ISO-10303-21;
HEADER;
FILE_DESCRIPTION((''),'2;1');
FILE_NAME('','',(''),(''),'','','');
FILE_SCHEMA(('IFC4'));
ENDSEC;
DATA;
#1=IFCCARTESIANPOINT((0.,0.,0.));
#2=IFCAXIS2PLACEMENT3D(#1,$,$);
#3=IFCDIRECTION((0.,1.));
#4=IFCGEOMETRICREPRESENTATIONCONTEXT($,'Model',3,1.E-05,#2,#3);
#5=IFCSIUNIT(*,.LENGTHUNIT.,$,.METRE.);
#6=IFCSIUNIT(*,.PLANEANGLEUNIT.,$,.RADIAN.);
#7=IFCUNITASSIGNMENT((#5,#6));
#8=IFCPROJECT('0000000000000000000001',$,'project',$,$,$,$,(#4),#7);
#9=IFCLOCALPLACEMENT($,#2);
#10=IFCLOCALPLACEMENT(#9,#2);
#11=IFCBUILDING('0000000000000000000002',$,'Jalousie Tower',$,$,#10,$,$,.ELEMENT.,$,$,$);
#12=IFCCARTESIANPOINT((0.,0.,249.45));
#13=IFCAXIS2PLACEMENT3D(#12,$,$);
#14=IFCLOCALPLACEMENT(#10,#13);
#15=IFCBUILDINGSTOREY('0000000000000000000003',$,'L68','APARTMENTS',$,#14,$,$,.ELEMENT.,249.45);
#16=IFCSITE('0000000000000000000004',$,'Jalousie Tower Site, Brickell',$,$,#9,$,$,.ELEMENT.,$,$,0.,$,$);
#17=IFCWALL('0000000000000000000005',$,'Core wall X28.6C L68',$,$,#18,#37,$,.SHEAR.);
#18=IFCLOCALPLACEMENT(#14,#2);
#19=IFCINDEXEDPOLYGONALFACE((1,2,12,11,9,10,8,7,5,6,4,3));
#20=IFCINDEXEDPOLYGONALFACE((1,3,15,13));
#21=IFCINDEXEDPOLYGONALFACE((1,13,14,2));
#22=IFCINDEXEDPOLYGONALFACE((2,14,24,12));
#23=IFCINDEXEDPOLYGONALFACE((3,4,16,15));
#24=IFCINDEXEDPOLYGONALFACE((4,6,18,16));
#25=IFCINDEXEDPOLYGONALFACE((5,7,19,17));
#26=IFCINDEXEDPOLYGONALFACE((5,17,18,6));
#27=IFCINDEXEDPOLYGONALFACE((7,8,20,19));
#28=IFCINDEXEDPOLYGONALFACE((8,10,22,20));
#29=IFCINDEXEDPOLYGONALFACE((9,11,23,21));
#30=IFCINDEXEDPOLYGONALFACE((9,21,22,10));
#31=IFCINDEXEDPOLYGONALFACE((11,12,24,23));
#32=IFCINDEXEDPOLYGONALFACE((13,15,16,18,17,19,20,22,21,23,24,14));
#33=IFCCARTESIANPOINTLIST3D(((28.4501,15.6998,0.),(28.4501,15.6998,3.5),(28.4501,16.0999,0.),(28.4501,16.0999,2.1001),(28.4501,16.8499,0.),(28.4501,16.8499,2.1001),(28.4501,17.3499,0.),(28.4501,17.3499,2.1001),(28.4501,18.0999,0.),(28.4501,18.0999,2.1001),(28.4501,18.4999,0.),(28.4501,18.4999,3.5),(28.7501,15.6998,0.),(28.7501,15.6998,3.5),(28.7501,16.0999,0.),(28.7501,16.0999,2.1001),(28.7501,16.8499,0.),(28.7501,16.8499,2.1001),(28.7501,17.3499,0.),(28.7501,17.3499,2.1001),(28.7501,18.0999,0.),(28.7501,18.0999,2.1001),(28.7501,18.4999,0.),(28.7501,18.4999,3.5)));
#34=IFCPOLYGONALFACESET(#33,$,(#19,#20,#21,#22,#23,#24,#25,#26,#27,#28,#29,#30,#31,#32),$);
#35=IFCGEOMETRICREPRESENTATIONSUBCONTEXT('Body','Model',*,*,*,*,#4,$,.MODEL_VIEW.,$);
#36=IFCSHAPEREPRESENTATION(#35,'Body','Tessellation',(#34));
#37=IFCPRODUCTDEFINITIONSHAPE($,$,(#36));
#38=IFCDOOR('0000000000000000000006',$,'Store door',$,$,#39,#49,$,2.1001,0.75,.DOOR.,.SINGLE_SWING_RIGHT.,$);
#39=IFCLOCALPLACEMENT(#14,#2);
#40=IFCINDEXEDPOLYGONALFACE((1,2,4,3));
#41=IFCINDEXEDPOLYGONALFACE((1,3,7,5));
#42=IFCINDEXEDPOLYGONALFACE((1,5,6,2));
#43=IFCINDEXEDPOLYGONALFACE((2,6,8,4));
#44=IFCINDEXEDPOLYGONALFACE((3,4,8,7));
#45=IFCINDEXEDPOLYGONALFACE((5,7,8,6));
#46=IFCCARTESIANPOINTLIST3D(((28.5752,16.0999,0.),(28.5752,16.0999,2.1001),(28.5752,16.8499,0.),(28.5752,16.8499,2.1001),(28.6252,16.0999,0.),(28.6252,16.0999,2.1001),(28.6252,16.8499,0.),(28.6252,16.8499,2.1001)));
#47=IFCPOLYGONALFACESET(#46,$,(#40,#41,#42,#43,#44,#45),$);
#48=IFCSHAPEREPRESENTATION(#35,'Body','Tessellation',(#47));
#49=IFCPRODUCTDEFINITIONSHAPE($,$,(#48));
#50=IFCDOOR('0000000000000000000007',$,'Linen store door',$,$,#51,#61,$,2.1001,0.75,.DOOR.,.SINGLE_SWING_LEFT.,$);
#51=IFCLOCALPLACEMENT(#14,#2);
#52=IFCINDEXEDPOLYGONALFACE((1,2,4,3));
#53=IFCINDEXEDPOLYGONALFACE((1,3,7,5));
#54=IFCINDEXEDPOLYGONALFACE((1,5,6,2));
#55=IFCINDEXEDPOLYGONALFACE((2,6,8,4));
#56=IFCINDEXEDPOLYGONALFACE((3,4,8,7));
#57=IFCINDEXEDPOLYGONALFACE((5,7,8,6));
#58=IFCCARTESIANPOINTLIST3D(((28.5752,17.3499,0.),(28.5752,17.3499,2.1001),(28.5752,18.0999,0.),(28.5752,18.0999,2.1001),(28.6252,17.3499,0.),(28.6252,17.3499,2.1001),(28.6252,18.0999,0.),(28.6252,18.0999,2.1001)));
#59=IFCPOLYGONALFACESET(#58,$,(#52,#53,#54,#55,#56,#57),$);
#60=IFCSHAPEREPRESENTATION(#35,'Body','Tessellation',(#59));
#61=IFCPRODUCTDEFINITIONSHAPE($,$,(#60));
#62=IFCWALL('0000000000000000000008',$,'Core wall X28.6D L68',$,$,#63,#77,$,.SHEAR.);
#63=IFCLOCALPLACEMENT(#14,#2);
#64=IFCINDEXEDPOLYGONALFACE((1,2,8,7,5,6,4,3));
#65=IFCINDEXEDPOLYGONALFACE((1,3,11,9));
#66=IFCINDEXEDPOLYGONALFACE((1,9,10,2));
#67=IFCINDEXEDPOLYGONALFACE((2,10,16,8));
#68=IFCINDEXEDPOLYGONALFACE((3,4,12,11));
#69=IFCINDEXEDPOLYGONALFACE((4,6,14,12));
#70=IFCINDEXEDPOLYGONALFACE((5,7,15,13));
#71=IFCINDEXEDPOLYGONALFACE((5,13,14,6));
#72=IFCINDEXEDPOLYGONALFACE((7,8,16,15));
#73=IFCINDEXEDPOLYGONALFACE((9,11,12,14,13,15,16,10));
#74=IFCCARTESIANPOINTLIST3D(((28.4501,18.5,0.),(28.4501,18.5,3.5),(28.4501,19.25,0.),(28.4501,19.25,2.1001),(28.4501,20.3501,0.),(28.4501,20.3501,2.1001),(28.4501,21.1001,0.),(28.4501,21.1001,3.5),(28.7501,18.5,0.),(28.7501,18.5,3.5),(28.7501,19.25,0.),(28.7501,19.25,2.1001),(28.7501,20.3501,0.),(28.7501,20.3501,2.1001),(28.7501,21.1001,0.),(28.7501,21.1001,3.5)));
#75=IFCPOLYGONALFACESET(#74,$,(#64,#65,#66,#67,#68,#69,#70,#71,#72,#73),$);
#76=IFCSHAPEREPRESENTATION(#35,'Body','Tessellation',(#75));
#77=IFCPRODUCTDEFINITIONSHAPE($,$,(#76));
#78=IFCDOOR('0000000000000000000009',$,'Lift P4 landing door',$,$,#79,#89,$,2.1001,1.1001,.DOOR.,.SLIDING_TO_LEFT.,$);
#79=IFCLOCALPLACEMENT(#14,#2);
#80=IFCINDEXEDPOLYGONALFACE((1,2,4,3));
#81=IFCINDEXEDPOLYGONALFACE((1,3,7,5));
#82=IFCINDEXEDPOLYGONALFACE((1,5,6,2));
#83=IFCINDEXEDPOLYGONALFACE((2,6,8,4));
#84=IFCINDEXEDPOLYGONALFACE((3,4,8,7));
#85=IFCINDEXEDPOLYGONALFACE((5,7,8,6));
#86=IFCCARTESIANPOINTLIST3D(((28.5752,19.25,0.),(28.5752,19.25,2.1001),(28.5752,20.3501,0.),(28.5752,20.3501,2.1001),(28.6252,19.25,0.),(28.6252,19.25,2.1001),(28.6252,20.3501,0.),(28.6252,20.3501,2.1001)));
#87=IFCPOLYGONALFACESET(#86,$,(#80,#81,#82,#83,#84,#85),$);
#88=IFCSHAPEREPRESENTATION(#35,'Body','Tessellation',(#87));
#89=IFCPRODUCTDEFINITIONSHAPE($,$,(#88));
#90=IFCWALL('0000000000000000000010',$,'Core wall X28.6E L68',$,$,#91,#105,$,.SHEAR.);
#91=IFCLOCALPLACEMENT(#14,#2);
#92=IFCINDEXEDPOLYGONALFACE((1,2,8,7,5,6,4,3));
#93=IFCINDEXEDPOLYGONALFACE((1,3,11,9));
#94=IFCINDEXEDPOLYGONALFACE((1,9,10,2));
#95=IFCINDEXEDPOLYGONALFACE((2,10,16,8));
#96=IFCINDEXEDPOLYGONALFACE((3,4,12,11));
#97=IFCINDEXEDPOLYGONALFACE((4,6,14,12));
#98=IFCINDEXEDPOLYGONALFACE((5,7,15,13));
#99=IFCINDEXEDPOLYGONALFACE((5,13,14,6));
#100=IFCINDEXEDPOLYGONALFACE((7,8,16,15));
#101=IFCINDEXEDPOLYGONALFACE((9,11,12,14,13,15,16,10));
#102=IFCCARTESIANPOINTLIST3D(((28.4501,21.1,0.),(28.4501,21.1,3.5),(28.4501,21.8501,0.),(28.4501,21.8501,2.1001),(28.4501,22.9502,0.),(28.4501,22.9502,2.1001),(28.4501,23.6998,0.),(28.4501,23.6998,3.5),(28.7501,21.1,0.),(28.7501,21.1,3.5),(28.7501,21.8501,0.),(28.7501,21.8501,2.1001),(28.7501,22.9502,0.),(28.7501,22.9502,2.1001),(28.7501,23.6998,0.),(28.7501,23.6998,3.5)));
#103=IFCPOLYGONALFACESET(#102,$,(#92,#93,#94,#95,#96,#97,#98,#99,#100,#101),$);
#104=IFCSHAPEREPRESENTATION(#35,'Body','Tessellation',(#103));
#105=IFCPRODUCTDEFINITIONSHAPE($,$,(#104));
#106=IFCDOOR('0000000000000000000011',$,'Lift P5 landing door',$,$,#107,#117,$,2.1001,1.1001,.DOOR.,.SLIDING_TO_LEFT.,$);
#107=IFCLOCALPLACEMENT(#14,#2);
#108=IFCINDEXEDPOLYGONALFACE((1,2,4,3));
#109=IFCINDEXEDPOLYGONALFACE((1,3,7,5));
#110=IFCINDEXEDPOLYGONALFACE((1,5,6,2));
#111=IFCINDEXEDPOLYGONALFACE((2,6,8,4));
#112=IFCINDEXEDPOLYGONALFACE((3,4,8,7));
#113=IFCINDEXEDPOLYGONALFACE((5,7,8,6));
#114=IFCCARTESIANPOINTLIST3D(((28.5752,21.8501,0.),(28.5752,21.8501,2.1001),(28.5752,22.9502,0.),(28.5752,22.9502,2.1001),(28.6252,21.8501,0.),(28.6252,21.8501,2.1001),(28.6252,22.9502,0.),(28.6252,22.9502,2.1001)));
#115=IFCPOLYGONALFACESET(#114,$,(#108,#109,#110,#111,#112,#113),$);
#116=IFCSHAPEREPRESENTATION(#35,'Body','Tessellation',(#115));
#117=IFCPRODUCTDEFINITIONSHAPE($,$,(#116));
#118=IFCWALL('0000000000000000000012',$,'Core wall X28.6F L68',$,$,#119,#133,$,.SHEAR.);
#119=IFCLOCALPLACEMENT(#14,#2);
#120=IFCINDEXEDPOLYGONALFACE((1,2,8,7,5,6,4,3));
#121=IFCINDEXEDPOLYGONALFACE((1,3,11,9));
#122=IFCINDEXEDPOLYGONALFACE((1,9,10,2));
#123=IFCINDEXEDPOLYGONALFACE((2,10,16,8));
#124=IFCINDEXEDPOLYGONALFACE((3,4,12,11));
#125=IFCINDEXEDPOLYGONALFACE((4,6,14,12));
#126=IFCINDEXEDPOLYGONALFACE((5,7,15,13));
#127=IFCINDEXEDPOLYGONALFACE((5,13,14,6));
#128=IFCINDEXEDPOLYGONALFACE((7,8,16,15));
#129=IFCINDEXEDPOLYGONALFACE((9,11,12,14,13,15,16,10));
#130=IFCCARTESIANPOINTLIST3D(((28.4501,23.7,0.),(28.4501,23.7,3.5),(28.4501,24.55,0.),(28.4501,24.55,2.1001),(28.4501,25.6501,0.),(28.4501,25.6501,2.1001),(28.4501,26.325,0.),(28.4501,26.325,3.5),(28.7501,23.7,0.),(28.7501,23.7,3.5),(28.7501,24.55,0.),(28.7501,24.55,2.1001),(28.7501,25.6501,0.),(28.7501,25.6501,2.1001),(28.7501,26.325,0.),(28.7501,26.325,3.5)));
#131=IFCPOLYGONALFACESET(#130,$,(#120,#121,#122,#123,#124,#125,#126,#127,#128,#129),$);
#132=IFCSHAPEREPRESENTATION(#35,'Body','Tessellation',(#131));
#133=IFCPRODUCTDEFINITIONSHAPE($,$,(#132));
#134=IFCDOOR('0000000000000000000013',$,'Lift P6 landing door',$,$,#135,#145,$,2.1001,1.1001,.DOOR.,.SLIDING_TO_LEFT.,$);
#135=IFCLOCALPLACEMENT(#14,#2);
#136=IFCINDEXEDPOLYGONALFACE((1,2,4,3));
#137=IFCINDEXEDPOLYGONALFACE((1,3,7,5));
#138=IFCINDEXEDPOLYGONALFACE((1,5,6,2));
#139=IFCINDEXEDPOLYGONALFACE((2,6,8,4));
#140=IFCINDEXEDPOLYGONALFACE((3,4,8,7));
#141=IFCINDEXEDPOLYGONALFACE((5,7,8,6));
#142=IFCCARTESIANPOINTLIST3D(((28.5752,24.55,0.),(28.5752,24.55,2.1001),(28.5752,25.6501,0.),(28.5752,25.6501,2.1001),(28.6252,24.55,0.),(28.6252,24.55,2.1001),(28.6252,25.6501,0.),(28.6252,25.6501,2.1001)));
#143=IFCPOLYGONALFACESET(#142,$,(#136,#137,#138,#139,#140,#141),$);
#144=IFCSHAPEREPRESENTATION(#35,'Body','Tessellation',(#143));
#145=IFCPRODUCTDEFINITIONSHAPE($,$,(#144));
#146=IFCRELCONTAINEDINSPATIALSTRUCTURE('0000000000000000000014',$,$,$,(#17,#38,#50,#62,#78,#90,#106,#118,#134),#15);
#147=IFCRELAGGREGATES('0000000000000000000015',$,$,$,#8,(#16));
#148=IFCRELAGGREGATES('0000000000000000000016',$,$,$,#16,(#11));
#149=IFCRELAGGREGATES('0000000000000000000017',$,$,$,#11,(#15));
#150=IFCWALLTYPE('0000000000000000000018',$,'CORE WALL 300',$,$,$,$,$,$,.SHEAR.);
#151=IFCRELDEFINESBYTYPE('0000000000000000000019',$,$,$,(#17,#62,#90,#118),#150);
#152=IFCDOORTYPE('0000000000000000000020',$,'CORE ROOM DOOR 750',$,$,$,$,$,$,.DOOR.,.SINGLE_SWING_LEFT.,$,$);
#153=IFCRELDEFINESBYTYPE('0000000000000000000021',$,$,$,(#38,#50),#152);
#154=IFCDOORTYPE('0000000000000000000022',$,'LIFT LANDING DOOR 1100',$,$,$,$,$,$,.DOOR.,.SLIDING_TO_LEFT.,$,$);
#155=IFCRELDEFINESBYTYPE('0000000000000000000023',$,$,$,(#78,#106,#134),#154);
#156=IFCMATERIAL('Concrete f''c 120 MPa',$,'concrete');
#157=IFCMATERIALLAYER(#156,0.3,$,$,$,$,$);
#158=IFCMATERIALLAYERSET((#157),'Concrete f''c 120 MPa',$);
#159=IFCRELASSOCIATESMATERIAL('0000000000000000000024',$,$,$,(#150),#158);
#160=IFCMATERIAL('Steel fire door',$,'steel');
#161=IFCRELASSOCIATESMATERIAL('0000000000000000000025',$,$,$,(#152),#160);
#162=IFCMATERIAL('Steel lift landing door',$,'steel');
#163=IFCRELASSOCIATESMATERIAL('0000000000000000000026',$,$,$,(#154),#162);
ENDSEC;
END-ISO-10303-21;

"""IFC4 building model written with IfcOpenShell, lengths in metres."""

from ifc_helpers import new_model, si_unit, direction, frame, frame_2d, origin, place, context, subcontext, project, spatial, rectangle, extrude, material, layer, layer_set, type_object, element, fill, save


model = new_model("IFC4")

# Units and contexts
model_context = context("Model", 3, precision=1e-05, world=origin(), true_north=direction((0.0, 1.0)))
body_context = subcontext(model_context, "Body", "Model", "MODEL_VIEW")
ifc_project = project(units=[si_unit("LENGTHUNIT", "METRE"), si_unit("PLANEANGLEUNIT", "RADIAN")], contexts=[model_context])

# Site, building, storey
site_placement = place(None, origin())
site = spatial("IfcSite", under=ifc_project, at=site_placement, Name="Jalousie Tower Site, Brickell", CompositionType="ELEMENT", RefElevation=0.0)
building_placement = place(site_placement, origin())
building = spatial("IfcBuilding", under=site, at=building_placement, Name="Jalousie Tower", CompositionType="ELEMENT")
storey_placement = place(building_placement, frame((0.0, 0.0, 249.45)))
storey = spatial("IfcBuildingStorey", under=building, at=storey_placement, Name="L68", Description="APARTMENTS", CompositionType="ELEMENT", Elevation=249.45)

# Shared definitions
ifc_material_1 = material(Name="Concrete f'c 120 MPa", Category="concrete")
ifc_layer_1 = layer(ifc_material_1, 0.3)
ifc_layer_set_1 = layer_set([ifc_layer_1], Name="Concrete f'c 120 MPa")
wall_type_1 = type_object("IfcWallType", Name="CORE WALL 300", PredefinedType="SHEAR", material=ifc_layer_set_1)

# Wall, openings, doors
wall_1_placement = place(storey_placement, frame((28.6001, 15.7, 0.0), z_axis=(0.0, 0.0, 1.0), x_axis=(0.0, 1.0, 0.0)))
wall_1 = element("IfcWall", 1, at=wall_1_placement, inside=storey, type_object=wall_type_1, Name="Core wall X28.6C L68", PredefinedType="SHEAR", context=body_context, shape_type="SweptSolid", body=[
    extrude(rectangle(XDim=2.8, YDim=0.3, at=frame_2d((1.3999, 0.0))), origin(), (0.0, 0.0, 1.0), 3.5),
])
opening_1_placement = place(wall_1_placement, frame((0.3999, 0.0, 0.0)))
opening_1 = element("IfcOpeningElement", 2, at=opening_1_placement, cuts=wall_1, PredefinedType="OPENING", context=body_context, shape_type="SweptSolid", body=[
    extrude(rectangle(XDim=0.75, YDim=2.1001, at=frame_2d((0.375, 1.05))), frame((0.0, 0.1599, 0.0), z_axis=(0.0, -1.0, 0.0), x_axis=(1.0, 0.0, 0.0)), (0.0, 0.0, 1.0), 0.3201),
])
opening_2_placement = place(wall_1_placement, frame((1.6499, 0.0, 0.0)))
opening_2 = element("IfcOpeningElement", 3, at=opening_2_placement, cuts=wall_1, PredefinedType="OPENING", context=body_context, shape_type="SweptSolid", body=[
    extrude(rectangle(XDim=0.75, YDim=2.1001, at=frame_2d((0.375, 1.05))), frame((0.0, 0.1599, 0.0), z_axis=(0.0, -1.0, 0.0), x_axis=(1.0, 0.0, 0.0)), (0.0, 0.0, 1.0), 0.3201),
])
ifc_material_2 = material(Name="Steel fire door", Category="steel")
door_type_1 = type_object("IfcDoorType", Name="CORE ROOM DOOR 750", OperationType="SINGLE_SWING_LEFT", PredefinedType="DOOR", material=ifc_material_2)
door_1_placement = place(opening_1_placement, origin())
door_1 = element("IfcDoor", 4, at=door_1_placement, inside=storey, type_object=door_type_1, Name="Store door", OperationType="SINGLE_SWING_RIGHT", OverallHeight=2.1001, OverallWidth=0.75, PredefinedType="DOOR", context=body_context, shape_type="SweptSolid", body=[
    extrude(rectangle(XDim=0.75, YDim=2.1001, at=frame_2d((0.375, 1.05))), frame((0.0, 0.0249, 0.0), z_axis=(0.0, -1.0, 0.0), x_axis=(1.0, 0.0, 0.0)), (0.0, 0.0, 1.0), 0.05),
])
fill(opening_1, door_1)
door_2_placement = place(opening_2_placement, origin())
door_2 = element("IfcDoor", 5, at=door_2_placement, inside=storey, type_object=door_type_1, Name="Linen store door", OperationType="SINGLE_SWING_LEFT", OverallHeight=2.1001, OverallWidth=0.75, PredefinedType="DOOR", context=body_context, shape_type="SweptSolid", body=[
    extrude(rectangle(XDim=0.75, YDim=2.1001, at=frame_2d((0.375, 1.05))), frame((0.0, 0.0249, 0.0), z_axis=(0.0, -1.0, 0.0), x_axis=(1.0, 0.0, 0.0)), (0.0, 0.0, 1.0), 0.05),
])
fill(opening_2, door_2)

# Walls, openings, doors
wall_2_placement = place(storey_placement, frame((28.6001, 18.5, 0.0), z_axis=(0.0, 0.0, 1.0), x_axis=(0.0, 1.0, 0.0)))
wall_2 = element("IfcWall", 6, at=wall_2_placement, inside=storey, type_object=wall_type_1, Name="Core wall X28.6D L68", PredefinedType="SHEAR", context=body_context, shape_type="SweptSolid", body=[
    extrude(rectangle(XDim=2.6001, YDim=0.3, at=frame_2d((1.3, 0.0))), origin(), (0.0, 0.0, 1.0), 3.5),
])
opening_3_placement = place(wall_2_placement, frame((0.75, 0.0, 0.0)))
opening_3 = element("IfcOpeningElement", 7, at=opening_3_placement, cuts=wall_2, PredefinedType="OPENING", context=body_context, shape_type="SweptSolid", body=[
    extrude(rectangle(XDim=1.1001, YDim=2.1001, at=frame_2d((0.55, 1.05))), frame((0.0, 0.1599, 0.0), z_axis=(0.0, -1.0, 0.0), x_axis=(1.0, 0.0, 0.0)), (0.0, 0.0, 1.0), 0.3201),
])
ifc_material_3 = material(Name="Steel lift landing door", Category="steel")
door_type_2 = type_object("IfcDoorType", Name="LIFT LANDING DOOR 1100", OperationType="SLIDING_TO_LEFT", PredefinedType="DOOR", material=ifc_material_3)
door_3_placement = place(opening_3_placement, origin())
door_3 = element("IfcDoor", 8, at=door_3_placement, inside=storey, type_object=door_type_2, Name="Lift P4 landing door", OperationType="SLIDING_TO_LEFT", OverallHeight=2.1001, OverallWidth=1.1001, PredefinedType="DOOR", context=body_context, shape_type="SweptSolid", body=[
    extrude(rectangle(XDim=1.1001, YDim=2.1001, at=frame_2d((0.55, 1.05))), frame((0.0, 0.0249, 0.0), z_axis=(0.0, -1.0, 0.0), x_axis=(1.0, 0.0, 0.0)), (0.0, 0.0, 1.0), 0.05),
])
fill(opening_3, door_3)
wall_3_placement = place(storey_placement, frame((28.6001, 21.1001, 0.0), z_axis=(0.0, 0.0, 1.0), x_axis=(0.0, 1.0, 0.0)))
wall_3 = element("IfcWall", 9, at=wall_3_placement, inside=storey, type_object=wall_type_1, Name="Core wall X28.6E L68", PredefinedType="SHEAR", context=body_context, shape_type="SweptSolid", body=[
    extrude(rectangle(XDim=2.5999, YDim=0.3, at=frame_2d((1.2998, 0.0))), origin(), (0.0, 0.0, 1.0), 3.5),
])
opening_4_placement = place(wall_3_placement, frame((0.75, 0.0, 0.0)))
opening_4 = element("IfcOpeningElement", 10, at=opening_4_placement, cuts=wall_3, PredefinedType="OPENING", context=body_context, shape_type="SweptSolid", body=[
    extrude(rectangle(XDim=1.1001, YDim=2.1001, at=frame_2d((0.55, 1.05))), frame((0.0, 0.1599, 0.0), z_axis=(0.0, -1.0, 0.0), x_axis=(1.0, 0.0, 0.0)), (0.0, 0.0, 1.0), 0.3201),
])
door_4_placement = place(opening_4_placement, origin())
door_4 = element("IfcDoor", 11, at=door_4_placement, inside=storey, type_object=door_type_2, Name="Lift P5 landing door", OperationType="SLIDING_TO_LEFT", OverallHeight=2.1001, OverallWidth=1.1001, PredefinedType="DOOR", context=body_context, shape_type="SweptSolid", body=[
    extrude(rectangle(XDim=1.1001, YDim=2.1001, at=frame_2d((0.55, 1.05))), frame((0.0, 0.0249, 0.0), z_axis=(0.0, -1.0, 0.0), x_axis=(1.0, 0.0, 0.0)), (0.0, 0.0, 1.0), 0.05),
])
fill(opening_4, door_4)
wall_4_placement = place(storey_placement, frame((28.6001, 23.7, 0.0), z_axis=(0.0, 0.0, 1.0), x_axis=(0.0, 1.0, 0.0)))
wall_4 = element("IfcWall", 12, at=wall_4_placement, inside=storey, type_object=wall_type_1, Name="Core wall X28.6F L68", PredefinedType="SHEAR", context=body_context, shape_type="SweptSolid", body=[
    extrude(rectangle(XDim=2.625, YDim=0.3, at=frame_2d((1.3125, 0.0))), origin(), (0.0, 0.0, 1.0), 3.5),
])
opening_5_placement = place(wall_4_placement, frame((0.8501, 0.0, 0.0)))
opening_5 = element("IfcOpeningElement", 13, at=opening_5_placement, cuts=wall_4, PredefinedType="OPENING", context=body_context, shape_type="SweptSolid", body=[
    extrude(rectangle(XDim=1.1001, YDim=2.1001, at=frame_2d((0.55, 1.05))), frame((0.0, 0.1599, 0.0), z_axis=(0.0, -1.0, 0.0), x_axis=(1.0, 0.0, 0.0)), (0.0, 0.0, 1.0), 0.3201),
])
door_5_placement = place(opening_5_placement, origin())
door_5 = element("IfcDoor", 14, at=door_5_placement, inside=storey, type_object=door_type_2, Name="Lift P6 landing door", OperationType="SLIDING_TO_LEFT", OverallHeight=2.1001, OverallWidth=1.1001, PredefinedType="DOOR", context=body_context, shape_type="SweptSolid", body=[
    extrude(rectangle(XDim=1.1001, YDim=2.1001, at=frame_2d((0.55, 1.05))), frame((0.0, 0.0249, 0.0), z_axis=(0.0, -1.0, 0.0), x_axis=(1.0, 0.0, 0.0)), (0.0, 0.0, 1.0), 0.05),
])
fill(opening_5, door_5)

save(model, "model.ifc")
